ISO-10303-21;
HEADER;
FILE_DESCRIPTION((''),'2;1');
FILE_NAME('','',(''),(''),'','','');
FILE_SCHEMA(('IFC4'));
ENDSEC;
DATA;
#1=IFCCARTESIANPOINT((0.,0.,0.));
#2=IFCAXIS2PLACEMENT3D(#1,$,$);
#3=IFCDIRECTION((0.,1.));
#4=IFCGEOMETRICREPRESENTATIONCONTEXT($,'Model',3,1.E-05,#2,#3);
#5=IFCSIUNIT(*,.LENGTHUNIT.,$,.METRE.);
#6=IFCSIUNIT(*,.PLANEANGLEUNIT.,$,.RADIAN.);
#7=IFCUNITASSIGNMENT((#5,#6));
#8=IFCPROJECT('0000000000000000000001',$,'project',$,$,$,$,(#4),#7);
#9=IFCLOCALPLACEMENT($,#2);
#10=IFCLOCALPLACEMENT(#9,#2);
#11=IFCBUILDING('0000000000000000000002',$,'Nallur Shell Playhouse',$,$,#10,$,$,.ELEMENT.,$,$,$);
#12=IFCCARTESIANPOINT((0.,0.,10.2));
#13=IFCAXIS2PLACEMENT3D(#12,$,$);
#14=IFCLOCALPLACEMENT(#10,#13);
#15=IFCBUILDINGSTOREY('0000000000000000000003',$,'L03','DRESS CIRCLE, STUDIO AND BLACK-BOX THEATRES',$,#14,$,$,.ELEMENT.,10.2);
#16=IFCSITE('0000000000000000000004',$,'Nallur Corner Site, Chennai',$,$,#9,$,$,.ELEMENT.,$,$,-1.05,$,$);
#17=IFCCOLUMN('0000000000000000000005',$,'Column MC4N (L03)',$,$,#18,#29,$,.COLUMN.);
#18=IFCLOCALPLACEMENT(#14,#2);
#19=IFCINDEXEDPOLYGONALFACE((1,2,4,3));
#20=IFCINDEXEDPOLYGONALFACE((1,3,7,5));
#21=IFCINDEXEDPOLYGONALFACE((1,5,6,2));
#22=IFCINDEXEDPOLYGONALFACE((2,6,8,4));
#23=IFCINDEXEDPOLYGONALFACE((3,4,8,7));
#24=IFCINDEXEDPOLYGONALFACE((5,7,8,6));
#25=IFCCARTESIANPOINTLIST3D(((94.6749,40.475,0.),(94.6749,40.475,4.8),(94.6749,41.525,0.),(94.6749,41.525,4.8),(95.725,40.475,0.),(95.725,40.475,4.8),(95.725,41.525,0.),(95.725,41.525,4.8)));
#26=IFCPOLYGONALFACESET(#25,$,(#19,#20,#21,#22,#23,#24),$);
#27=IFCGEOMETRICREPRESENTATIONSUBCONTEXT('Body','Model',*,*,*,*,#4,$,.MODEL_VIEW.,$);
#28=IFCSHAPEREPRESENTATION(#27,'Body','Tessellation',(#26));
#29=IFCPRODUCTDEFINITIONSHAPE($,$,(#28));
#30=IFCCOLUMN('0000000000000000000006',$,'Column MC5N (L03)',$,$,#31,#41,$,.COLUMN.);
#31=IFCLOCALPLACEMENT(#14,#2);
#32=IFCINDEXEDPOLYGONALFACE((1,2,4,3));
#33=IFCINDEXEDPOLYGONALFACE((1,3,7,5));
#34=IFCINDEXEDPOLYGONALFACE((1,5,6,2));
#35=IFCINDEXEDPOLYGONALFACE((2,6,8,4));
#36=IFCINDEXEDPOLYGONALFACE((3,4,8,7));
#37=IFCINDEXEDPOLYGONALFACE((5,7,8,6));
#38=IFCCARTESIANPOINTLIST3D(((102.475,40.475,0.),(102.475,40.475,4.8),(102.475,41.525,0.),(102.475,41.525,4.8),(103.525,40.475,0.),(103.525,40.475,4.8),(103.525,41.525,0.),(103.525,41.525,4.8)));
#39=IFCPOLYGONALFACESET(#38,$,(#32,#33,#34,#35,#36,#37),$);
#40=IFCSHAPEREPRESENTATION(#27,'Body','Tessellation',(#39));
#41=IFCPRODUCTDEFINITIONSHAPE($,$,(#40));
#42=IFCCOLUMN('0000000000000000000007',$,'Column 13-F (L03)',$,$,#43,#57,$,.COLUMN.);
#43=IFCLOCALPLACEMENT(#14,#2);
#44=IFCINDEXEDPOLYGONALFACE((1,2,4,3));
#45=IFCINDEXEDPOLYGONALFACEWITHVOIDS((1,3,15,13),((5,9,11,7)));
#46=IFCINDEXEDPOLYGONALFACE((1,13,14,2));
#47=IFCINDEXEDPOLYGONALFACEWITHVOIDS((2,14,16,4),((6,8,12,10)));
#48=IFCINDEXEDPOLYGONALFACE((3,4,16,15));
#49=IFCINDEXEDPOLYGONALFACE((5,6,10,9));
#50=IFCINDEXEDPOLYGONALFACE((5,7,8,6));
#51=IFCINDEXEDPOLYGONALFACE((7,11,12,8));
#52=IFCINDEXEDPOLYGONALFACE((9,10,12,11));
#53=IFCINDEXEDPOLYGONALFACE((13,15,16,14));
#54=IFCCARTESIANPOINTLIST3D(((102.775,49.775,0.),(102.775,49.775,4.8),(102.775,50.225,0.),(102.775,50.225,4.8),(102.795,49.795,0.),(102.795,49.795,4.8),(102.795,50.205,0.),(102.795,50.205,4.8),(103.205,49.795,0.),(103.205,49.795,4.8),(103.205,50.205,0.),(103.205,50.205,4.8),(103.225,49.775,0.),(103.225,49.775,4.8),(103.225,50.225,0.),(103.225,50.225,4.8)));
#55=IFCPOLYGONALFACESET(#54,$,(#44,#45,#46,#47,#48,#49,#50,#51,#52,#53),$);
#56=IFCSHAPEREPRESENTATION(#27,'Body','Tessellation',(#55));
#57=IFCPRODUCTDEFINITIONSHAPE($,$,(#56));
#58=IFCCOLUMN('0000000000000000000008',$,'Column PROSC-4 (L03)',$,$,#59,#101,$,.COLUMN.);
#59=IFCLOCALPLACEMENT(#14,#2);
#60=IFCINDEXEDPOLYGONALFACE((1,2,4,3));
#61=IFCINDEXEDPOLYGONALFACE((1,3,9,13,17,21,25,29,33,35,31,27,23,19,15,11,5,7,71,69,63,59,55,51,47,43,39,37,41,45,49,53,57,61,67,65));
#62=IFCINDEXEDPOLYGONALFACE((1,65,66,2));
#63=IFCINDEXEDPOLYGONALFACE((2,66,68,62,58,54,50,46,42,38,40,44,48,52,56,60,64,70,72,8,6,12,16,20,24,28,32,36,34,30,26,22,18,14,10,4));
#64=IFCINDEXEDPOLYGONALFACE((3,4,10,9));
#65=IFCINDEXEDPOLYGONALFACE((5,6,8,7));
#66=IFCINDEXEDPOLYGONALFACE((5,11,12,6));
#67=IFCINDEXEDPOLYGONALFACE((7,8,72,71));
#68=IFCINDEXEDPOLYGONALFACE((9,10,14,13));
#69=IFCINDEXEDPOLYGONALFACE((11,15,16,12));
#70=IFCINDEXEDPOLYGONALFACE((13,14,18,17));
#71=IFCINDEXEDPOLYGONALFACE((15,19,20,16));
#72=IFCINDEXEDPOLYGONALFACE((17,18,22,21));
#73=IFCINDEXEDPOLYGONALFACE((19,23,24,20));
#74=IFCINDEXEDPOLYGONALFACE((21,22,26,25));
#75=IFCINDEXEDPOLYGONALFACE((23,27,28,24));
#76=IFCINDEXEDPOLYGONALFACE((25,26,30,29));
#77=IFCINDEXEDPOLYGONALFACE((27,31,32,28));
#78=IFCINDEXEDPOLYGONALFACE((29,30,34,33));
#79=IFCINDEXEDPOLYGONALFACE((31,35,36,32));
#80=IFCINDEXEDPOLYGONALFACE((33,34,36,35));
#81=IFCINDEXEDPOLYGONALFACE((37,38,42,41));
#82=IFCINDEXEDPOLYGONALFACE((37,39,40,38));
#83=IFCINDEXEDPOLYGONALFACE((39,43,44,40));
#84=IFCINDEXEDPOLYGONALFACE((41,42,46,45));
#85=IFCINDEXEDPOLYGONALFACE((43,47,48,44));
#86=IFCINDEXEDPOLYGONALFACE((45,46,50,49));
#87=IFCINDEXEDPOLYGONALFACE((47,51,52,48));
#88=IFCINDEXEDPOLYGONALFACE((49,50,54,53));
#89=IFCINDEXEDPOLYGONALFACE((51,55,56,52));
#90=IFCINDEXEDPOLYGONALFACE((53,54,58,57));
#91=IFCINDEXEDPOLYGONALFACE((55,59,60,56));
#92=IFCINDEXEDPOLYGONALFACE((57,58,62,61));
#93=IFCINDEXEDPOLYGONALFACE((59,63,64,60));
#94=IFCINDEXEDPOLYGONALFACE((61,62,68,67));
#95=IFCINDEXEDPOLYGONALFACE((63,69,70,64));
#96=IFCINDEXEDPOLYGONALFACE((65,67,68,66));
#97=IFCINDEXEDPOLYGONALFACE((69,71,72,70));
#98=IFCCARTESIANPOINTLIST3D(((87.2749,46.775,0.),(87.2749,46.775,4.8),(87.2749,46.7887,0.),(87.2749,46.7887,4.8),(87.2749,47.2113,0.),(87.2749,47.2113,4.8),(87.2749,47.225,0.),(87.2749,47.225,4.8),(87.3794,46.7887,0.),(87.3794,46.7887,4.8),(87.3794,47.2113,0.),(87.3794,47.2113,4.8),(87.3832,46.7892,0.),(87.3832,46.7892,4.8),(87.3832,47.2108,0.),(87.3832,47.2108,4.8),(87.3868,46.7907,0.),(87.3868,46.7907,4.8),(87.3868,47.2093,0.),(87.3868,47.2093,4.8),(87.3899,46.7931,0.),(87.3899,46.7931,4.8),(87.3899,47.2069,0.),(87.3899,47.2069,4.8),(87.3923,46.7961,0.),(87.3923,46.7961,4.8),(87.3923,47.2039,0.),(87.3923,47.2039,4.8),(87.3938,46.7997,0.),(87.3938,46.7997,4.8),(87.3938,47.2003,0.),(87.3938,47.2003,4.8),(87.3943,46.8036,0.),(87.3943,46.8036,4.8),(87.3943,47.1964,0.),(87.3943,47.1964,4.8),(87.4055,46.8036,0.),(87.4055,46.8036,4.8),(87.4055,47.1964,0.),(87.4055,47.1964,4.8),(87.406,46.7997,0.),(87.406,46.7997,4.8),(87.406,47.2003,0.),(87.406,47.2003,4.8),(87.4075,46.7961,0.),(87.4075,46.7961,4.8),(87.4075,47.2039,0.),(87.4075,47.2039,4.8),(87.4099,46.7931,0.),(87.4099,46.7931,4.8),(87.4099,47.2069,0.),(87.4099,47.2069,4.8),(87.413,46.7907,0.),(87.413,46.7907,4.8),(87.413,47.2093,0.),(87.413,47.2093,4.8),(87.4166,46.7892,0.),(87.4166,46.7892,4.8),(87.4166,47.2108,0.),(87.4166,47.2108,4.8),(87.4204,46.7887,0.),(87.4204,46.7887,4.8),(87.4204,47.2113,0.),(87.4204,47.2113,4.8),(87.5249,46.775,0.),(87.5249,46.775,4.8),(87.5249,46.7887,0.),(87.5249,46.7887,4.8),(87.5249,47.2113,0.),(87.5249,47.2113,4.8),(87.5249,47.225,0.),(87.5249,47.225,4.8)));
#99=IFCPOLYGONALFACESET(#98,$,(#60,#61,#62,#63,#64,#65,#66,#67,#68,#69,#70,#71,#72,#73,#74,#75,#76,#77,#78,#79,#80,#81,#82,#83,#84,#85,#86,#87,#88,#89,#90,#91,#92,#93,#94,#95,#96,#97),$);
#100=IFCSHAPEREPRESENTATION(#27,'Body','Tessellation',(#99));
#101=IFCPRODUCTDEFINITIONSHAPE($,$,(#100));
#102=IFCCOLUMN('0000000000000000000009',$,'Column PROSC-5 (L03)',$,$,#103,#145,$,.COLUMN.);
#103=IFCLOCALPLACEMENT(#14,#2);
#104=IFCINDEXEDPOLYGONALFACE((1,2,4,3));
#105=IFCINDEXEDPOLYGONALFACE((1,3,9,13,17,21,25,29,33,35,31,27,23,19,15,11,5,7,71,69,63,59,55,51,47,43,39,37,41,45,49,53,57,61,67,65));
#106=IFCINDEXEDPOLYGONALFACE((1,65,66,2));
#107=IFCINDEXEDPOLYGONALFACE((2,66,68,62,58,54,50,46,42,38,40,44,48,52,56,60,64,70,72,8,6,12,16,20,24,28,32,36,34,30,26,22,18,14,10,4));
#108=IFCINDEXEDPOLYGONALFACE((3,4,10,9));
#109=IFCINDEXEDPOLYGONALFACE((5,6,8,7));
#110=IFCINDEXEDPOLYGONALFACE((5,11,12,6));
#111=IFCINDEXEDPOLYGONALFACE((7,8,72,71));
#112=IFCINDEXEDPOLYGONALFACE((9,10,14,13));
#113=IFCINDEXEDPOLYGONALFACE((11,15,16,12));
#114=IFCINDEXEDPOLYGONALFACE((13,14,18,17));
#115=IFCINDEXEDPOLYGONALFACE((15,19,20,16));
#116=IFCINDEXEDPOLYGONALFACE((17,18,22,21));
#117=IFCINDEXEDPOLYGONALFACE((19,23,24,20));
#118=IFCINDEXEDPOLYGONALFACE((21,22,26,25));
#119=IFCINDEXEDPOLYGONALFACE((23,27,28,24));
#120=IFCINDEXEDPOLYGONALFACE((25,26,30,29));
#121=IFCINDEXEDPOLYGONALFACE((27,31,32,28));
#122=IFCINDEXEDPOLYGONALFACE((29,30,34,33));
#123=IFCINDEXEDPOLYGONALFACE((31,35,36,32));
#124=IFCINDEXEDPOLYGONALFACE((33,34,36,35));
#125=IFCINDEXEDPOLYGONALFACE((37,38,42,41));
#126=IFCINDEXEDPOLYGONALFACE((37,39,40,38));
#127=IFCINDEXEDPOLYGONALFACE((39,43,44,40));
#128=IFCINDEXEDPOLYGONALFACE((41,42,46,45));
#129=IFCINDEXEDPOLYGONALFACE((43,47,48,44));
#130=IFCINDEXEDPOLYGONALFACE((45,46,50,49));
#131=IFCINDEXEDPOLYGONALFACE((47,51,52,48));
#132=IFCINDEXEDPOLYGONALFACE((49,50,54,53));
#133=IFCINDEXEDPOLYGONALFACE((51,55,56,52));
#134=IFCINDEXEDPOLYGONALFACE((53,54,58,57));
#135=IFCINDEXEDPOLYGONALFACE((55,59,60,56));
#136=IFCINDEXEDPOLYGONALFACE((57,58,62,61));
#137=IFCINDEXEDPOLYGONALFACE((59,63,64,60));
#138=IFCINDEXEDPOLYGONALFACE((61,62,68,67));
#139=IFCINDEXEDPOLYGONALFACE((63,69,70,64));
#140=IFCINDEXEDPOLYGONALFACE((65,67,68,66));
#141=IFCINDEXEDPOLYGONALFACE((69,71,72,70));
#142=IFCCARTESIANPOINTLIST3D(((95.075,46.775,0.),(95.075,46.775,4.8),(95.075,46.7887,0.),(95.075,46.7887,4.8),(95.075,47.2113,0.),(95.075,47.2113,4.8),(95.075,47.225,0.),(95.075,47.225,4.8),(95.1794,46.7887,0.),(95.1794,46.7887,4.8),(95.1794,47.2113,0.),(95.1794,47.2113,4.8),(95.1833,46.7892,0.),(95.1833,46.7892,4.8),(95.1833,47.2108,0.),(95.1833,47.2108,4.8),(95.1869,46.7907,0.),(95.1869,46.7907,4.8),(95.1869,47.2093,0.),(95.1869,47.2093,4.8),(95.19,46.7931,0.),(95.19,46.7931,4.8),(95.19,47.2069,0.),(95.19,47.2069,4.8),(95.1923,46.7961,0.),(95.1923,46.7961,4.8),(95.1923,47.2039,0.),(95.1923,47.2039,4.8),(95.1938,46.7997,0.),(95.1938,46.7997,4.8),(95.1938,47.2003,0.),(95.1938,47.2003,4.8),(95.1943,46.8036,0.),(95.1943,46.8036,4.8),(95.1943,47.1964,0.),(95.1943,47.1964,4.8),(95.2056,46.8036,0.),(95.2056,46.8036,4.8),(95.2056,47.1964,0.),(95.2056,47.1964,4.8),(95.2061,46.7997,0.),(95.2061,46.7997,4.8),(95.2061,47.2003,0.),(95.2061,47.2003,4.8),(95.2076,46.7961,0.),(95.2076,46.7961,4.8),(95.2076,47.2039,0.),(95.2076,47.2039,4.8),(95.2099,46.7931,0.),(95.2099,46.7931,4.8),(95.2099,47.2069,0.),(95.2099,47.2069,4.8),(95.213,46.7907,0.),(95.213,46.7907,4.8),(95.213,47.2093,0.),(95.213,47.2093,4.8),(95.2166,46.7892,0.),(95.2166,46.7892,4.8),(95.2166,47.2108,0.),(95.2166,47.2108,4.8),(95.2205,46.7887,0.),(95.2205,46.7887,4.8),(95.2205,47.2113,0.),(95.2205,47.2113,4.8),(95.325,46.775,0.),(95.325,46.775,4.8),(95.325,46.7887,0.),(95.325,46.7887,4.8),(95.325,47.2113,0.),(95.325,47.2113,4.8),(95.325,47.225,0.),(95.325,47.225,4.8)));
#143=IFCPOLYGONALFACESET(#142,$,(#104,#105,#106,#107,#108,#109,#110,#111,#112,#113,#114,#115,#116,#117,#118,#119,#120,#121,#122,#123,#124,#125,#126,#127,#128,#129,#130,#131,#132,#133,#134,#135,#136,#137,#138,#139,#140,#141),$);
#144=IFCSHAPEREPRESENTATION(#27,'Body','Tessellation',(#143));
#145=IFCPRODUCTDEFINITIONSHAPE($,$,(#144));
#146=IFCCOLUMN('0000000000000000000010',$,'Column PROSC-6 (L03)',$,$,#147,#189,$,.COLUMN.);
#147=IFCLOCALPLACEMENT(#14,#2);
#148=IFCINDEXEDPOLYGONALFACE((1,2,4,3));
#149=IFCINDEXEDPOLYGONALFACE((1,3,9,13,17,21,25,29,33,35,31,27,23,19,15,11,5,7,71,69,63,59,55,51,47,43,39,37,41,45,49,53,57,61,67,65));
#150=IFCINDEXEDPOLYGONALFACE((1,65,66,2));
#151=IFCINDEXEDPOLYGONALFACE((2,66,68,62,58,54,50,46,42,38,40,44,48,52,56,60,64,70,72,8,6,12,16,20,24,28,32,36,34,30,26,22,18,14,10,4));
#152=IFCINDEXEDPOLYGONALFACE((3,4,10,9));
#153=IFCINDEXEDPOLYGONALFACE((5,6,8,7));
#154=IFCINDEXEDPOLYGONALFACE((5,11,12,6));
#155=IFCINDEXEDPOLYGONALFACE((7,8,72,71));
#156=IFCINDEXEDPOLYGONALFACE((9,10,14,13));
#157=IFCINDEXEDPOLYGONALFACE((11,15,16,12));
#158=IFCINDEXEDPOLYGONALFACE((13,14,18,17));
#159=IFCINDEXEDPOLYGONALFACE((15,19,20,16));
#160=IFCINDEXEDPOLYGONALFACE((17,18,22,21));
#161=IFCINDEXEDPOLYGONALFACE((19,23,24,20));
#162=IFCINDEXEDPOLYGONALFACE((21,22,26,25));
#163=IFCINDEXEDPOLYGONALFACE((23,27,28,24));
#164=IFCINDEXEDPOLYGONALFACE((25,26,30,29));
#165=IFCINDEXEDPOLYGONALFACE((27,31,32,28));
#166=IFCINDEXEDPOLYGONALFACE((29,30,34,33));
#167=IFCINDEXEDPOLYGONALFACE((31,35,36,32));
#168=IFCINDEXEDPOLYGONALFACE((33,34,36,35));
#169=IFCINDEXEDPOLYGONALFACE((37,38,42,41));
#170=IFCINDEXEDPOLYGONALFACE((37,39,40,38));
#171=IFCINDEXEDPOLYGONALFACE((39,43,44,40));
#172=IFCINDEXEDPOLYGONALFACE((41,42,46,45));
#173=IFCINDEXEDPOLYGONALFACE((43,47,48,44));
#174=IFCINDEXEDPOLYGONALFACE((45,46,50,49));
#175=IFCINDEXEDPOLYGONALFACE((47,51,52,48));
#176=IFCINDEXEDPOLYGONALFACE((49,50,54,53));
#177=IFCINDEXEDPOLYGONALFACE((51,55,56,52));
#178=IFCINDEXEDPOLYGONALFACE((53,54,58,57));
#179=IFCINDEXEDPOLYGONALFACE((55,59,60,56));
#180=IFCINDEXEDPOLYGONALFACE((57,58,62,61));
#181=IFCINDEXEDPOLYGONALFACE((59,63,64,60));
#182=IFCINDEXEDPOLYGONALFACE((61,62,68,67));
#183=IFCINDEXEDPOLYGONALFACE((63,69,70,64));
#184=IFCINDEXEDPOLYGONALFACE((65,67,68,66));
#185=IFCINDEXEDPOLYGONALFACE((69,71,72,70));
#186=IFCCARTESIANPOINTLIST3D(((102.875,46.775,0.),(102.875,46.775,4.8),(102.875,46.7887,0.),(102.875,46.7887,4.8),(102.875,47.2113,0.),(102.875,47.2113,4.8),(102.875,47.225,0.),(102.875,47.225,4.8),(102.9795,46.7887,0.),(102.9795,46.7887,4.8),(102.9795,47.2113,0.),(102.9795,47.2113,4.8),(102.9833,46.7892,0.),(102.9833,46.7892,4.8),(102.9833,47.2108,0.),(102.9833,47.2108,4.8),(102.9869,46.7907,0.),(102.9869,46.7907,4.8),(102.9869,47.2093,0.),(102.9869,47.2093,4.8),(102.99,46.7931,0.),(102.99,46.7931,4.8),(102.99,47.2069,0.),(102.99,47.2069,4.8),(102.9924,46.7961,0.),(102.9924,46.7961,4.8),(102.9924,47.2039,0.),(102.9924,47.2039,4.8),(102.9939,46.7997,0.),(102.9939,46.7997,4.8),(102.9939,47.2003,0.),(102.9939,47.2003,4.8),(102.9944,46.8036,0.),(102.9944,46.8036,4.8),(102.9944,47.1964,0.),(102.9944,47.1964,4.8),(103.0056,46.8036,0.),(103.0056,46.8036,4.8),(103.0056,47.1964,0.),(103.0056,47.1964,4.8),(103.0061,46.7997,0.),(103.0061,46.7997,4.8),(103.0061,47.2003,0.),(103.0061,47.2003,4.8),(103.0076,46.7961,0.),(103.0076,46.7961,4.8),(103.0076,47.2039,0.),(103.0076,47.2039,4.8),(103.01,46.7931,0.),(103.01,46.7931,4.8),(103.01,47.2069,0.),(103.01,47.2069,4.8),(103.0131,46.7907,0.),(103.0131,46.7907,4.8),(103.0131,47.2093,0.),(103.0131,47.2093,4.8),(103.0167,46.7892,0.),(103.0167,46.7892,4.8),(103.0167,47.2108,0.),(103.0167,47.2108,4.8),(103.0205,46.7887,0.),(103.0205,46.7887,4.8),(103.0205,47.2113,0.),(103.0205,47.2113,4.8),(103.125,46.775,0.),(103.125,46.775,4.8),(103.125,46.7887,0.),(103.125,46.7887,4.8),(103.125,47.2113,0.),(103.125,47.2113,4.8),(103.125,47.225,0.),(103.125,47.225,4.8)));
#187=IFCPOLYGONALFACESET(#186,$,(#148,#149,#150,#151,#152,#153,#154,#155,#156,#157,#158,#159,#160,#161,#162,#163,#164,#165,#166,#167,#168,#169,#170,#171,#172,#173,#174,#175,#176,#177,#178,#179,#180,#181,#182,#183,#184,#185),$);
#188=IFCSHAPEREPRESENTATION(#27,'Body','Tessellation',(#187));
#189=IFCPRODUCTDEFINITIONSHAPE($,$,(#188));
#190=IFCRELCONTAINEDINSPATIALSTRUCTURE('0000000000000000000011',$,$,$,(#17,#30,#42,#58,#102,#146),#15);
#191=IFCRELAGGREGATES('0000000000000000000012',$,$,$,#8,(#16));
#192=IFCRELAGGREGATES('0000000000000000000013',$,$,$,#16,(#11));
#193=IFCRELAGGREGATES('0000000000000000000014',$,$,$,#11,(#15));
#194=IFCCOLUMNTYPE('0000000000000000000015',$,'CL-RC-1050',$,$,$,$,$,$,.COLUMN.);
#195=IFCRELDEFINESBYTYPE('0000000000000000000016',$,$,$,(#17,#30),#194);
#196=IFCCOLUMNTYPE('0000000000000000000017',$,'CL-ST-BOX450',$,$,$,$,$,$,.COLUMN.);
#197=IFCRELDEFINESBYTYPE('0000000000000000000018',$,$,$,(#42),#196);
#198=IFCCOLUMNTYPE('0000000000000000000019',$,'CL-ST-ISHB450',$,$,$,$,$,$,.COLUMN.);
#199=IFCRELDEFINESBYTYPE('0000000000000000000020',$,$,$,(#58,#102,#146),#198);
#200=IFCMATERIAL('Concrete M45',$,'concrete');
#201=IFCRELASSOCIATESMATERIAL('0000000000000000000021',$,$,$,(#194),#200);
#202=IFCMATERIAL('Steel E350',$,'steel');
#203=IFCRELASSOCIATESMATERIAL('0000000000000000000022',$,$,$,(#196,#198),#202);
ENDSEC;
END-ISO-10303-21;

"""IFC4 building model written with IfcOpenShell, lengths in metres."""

from ifc_helpers import new_model, si_unit, direction, frame, origin, origin_2d, place, context, subcontext, project, spatial, rectangle, hollow_rectangle, i_section, extrude, material, material_profile, profile_set, type_object, element, save


model = new_model("IFC4")

# Units and contexts
model_context = context("Model", 3, precision=1e-05, world=origin(), true_north=direction((0.0, 1.0)))
body_context = subcontext(model_context, "Body", "Model", "MODEL_VIEW")
ifc_project = project(units=[si_unit("LENGTHUNIT", "METRE"), si_unit("PLANEANGLEUNIT", "RADIAN")], contexts=[model_context])

# Site, building, storey
site_placement = place(None, origin())
site = spatial("IfcSite", under=ifc_project, at=site_placement, Name="Nallur Corner Site, Chennai", CompositionType="ELEMENT", RefElevation=-1.05)
building_placement = place(site_placement, origin())
building = spatial("IfcBuilding", under=site, at=building_placement, Name="Nallur Shell Playhouse", CompositionType="ELEMENT")
storey_placement = place(building_placement, frame((0.0, 0.0, 10.2)))
storey = spatial("IfcBuildingStorey", under=building, at=storey_placement, Name="L03", Description="DRESS CIRCLE, STUDIO AND BLACK-BOX THEATRES", CompositionType="ELEMENT", Elevation=10.2)

# Columns
ifc_material_1 = material(Name="Concrete M45", Category="concrete")
ifc_material_profile_1 = material_profile(ifc_material_1, rectangle(XDim=1.05, YDim=1.05, at=origin_2d()), Name="RC 1050x1050")
ifc_profile_set_1 = profile_set([ifc_material_profile_1], Name="Concrete M45")
column_type_1 = type_object("IfcColumnType", Name="CL-RC-1050", PredefinedType="COLUMN", material=ifc_profile_set_1)
for number, where, z_axis, x_axis, name in (
    (1, (95.2, 41.0, 0.0), (0.0, 0.0, 1.0), (1.0, 0.0, 0.0), "Column MC4N (L03)"),
    (2, (103.0, 41.0, 0.0), (0.0, 0.0, 1.0), (1.0, 0.0, 0.0), "Column MC5N (L03)"),
):
    element("IfcColumn", number, at=place(storey_placement, frame(where, z_axis=z_axis, x_axis=x_axis)), inside=storey, type_object=column_type_1, Name=name, PredefinedType="COLUMN", context=body_context, shape_type="SweptSolid", body=[
        extrude(rectangle(XDim=1.05, YDim=1.05, at=origin_2d()), origin(), (0.0, 0.0, 1.0), 4.8),
    ])
ifc_material_2 = material(Name="Steel E350", Category="steel")
ifc_material_profile_2 = material_profile(ifc_material_2, hollow_rectangle(XDim=0.45, YDim=0.45, WallThickness=0.02, at=origin_2d()), Name="BOX 450x450x20")
ifc_profile_set_2 = profile_set([ifc_material_profile_2], Name="Steel E350")
column_type_2 = type_object("IfcColumnType", Name="CL-ST-BOX450", PredefinedType="COLUMN", material=ifc_profile_set_2)
column_placement = place(storey_placement, frame((103.0, 50.0, 0.0), z_axis=(0.0, 0.0, 1.0), x_axis=(1.0, 0.0, 0.0)))
element("IfcColumn", 3, at=column_placement, inside=storey, type_object=column_type_2, Name="Column 13-F (L03)", PredefinedType="COLUMN", context=body_context, shape_type="SweptSolid", body=[
    extrude(hollow_rectangle(XDim=0.45, YDim=0.45, WallThickness=0.02, at=origin_2d()), origin(), (0.0, 0.0, 1.0), 4.8),
])
ifc_material_profile_3 = material_profile(ifc_material_2, i_section(OverallWidth=0.25, OverallDepth=0.45, WebThickness=0.0112, FlangeThickness=0.0137, FilletRadius=0.0149, at=origin_2d()), Name="ISHB 450")
ifc_profile_set_3 = profile_set([ifc_material_profile_3], Name="Steel E350")
column_type_3 = type_object("IfcColumnType", Name="CL-ST-ISHB450", PredefinedType="COLUMN", material=ifc_profile_set_3)
for number, where, z_axis, x_axis, name in (
    (4, (87.3999, 47.0, 0.0), (0.0, 0.0, 1.0), (1.0, 0.0, 0.0), "Column PROSC-4 (L03)"),
    (5, (95.2, 47.0, 0.0), (0.0, 0.0, 1.0), (1.0, 0.0, 0.0), "Column PROSC-5 (L03)"),
    (6, (103.0, 47.0, 0.0), (0.0, 0.0, 1.0), (1.0, 0.0, 0.0), "Column PROSC-6 (L03)"),
):
    element("IfcColumn", number, at=place(storey_placement, frame(where, z_axis=z_axis, x_axis=x_axis)), inside=storey, type_object=column_type_3, Name=name, PredefinedType="COLUMN", context=body_context, shape_type="SweptSolid", body=[
        extrude(i_section(OverallWidth=0.25, OverallDepth=0.45, WebThickness=0.0112, FlangeThickness=0.0137, FilletRadius=0.0149, at=origin_2d()), origin(), (0.0, 0.0, 1.0), 4.8),
    ])

save(model, "model.ifc")
